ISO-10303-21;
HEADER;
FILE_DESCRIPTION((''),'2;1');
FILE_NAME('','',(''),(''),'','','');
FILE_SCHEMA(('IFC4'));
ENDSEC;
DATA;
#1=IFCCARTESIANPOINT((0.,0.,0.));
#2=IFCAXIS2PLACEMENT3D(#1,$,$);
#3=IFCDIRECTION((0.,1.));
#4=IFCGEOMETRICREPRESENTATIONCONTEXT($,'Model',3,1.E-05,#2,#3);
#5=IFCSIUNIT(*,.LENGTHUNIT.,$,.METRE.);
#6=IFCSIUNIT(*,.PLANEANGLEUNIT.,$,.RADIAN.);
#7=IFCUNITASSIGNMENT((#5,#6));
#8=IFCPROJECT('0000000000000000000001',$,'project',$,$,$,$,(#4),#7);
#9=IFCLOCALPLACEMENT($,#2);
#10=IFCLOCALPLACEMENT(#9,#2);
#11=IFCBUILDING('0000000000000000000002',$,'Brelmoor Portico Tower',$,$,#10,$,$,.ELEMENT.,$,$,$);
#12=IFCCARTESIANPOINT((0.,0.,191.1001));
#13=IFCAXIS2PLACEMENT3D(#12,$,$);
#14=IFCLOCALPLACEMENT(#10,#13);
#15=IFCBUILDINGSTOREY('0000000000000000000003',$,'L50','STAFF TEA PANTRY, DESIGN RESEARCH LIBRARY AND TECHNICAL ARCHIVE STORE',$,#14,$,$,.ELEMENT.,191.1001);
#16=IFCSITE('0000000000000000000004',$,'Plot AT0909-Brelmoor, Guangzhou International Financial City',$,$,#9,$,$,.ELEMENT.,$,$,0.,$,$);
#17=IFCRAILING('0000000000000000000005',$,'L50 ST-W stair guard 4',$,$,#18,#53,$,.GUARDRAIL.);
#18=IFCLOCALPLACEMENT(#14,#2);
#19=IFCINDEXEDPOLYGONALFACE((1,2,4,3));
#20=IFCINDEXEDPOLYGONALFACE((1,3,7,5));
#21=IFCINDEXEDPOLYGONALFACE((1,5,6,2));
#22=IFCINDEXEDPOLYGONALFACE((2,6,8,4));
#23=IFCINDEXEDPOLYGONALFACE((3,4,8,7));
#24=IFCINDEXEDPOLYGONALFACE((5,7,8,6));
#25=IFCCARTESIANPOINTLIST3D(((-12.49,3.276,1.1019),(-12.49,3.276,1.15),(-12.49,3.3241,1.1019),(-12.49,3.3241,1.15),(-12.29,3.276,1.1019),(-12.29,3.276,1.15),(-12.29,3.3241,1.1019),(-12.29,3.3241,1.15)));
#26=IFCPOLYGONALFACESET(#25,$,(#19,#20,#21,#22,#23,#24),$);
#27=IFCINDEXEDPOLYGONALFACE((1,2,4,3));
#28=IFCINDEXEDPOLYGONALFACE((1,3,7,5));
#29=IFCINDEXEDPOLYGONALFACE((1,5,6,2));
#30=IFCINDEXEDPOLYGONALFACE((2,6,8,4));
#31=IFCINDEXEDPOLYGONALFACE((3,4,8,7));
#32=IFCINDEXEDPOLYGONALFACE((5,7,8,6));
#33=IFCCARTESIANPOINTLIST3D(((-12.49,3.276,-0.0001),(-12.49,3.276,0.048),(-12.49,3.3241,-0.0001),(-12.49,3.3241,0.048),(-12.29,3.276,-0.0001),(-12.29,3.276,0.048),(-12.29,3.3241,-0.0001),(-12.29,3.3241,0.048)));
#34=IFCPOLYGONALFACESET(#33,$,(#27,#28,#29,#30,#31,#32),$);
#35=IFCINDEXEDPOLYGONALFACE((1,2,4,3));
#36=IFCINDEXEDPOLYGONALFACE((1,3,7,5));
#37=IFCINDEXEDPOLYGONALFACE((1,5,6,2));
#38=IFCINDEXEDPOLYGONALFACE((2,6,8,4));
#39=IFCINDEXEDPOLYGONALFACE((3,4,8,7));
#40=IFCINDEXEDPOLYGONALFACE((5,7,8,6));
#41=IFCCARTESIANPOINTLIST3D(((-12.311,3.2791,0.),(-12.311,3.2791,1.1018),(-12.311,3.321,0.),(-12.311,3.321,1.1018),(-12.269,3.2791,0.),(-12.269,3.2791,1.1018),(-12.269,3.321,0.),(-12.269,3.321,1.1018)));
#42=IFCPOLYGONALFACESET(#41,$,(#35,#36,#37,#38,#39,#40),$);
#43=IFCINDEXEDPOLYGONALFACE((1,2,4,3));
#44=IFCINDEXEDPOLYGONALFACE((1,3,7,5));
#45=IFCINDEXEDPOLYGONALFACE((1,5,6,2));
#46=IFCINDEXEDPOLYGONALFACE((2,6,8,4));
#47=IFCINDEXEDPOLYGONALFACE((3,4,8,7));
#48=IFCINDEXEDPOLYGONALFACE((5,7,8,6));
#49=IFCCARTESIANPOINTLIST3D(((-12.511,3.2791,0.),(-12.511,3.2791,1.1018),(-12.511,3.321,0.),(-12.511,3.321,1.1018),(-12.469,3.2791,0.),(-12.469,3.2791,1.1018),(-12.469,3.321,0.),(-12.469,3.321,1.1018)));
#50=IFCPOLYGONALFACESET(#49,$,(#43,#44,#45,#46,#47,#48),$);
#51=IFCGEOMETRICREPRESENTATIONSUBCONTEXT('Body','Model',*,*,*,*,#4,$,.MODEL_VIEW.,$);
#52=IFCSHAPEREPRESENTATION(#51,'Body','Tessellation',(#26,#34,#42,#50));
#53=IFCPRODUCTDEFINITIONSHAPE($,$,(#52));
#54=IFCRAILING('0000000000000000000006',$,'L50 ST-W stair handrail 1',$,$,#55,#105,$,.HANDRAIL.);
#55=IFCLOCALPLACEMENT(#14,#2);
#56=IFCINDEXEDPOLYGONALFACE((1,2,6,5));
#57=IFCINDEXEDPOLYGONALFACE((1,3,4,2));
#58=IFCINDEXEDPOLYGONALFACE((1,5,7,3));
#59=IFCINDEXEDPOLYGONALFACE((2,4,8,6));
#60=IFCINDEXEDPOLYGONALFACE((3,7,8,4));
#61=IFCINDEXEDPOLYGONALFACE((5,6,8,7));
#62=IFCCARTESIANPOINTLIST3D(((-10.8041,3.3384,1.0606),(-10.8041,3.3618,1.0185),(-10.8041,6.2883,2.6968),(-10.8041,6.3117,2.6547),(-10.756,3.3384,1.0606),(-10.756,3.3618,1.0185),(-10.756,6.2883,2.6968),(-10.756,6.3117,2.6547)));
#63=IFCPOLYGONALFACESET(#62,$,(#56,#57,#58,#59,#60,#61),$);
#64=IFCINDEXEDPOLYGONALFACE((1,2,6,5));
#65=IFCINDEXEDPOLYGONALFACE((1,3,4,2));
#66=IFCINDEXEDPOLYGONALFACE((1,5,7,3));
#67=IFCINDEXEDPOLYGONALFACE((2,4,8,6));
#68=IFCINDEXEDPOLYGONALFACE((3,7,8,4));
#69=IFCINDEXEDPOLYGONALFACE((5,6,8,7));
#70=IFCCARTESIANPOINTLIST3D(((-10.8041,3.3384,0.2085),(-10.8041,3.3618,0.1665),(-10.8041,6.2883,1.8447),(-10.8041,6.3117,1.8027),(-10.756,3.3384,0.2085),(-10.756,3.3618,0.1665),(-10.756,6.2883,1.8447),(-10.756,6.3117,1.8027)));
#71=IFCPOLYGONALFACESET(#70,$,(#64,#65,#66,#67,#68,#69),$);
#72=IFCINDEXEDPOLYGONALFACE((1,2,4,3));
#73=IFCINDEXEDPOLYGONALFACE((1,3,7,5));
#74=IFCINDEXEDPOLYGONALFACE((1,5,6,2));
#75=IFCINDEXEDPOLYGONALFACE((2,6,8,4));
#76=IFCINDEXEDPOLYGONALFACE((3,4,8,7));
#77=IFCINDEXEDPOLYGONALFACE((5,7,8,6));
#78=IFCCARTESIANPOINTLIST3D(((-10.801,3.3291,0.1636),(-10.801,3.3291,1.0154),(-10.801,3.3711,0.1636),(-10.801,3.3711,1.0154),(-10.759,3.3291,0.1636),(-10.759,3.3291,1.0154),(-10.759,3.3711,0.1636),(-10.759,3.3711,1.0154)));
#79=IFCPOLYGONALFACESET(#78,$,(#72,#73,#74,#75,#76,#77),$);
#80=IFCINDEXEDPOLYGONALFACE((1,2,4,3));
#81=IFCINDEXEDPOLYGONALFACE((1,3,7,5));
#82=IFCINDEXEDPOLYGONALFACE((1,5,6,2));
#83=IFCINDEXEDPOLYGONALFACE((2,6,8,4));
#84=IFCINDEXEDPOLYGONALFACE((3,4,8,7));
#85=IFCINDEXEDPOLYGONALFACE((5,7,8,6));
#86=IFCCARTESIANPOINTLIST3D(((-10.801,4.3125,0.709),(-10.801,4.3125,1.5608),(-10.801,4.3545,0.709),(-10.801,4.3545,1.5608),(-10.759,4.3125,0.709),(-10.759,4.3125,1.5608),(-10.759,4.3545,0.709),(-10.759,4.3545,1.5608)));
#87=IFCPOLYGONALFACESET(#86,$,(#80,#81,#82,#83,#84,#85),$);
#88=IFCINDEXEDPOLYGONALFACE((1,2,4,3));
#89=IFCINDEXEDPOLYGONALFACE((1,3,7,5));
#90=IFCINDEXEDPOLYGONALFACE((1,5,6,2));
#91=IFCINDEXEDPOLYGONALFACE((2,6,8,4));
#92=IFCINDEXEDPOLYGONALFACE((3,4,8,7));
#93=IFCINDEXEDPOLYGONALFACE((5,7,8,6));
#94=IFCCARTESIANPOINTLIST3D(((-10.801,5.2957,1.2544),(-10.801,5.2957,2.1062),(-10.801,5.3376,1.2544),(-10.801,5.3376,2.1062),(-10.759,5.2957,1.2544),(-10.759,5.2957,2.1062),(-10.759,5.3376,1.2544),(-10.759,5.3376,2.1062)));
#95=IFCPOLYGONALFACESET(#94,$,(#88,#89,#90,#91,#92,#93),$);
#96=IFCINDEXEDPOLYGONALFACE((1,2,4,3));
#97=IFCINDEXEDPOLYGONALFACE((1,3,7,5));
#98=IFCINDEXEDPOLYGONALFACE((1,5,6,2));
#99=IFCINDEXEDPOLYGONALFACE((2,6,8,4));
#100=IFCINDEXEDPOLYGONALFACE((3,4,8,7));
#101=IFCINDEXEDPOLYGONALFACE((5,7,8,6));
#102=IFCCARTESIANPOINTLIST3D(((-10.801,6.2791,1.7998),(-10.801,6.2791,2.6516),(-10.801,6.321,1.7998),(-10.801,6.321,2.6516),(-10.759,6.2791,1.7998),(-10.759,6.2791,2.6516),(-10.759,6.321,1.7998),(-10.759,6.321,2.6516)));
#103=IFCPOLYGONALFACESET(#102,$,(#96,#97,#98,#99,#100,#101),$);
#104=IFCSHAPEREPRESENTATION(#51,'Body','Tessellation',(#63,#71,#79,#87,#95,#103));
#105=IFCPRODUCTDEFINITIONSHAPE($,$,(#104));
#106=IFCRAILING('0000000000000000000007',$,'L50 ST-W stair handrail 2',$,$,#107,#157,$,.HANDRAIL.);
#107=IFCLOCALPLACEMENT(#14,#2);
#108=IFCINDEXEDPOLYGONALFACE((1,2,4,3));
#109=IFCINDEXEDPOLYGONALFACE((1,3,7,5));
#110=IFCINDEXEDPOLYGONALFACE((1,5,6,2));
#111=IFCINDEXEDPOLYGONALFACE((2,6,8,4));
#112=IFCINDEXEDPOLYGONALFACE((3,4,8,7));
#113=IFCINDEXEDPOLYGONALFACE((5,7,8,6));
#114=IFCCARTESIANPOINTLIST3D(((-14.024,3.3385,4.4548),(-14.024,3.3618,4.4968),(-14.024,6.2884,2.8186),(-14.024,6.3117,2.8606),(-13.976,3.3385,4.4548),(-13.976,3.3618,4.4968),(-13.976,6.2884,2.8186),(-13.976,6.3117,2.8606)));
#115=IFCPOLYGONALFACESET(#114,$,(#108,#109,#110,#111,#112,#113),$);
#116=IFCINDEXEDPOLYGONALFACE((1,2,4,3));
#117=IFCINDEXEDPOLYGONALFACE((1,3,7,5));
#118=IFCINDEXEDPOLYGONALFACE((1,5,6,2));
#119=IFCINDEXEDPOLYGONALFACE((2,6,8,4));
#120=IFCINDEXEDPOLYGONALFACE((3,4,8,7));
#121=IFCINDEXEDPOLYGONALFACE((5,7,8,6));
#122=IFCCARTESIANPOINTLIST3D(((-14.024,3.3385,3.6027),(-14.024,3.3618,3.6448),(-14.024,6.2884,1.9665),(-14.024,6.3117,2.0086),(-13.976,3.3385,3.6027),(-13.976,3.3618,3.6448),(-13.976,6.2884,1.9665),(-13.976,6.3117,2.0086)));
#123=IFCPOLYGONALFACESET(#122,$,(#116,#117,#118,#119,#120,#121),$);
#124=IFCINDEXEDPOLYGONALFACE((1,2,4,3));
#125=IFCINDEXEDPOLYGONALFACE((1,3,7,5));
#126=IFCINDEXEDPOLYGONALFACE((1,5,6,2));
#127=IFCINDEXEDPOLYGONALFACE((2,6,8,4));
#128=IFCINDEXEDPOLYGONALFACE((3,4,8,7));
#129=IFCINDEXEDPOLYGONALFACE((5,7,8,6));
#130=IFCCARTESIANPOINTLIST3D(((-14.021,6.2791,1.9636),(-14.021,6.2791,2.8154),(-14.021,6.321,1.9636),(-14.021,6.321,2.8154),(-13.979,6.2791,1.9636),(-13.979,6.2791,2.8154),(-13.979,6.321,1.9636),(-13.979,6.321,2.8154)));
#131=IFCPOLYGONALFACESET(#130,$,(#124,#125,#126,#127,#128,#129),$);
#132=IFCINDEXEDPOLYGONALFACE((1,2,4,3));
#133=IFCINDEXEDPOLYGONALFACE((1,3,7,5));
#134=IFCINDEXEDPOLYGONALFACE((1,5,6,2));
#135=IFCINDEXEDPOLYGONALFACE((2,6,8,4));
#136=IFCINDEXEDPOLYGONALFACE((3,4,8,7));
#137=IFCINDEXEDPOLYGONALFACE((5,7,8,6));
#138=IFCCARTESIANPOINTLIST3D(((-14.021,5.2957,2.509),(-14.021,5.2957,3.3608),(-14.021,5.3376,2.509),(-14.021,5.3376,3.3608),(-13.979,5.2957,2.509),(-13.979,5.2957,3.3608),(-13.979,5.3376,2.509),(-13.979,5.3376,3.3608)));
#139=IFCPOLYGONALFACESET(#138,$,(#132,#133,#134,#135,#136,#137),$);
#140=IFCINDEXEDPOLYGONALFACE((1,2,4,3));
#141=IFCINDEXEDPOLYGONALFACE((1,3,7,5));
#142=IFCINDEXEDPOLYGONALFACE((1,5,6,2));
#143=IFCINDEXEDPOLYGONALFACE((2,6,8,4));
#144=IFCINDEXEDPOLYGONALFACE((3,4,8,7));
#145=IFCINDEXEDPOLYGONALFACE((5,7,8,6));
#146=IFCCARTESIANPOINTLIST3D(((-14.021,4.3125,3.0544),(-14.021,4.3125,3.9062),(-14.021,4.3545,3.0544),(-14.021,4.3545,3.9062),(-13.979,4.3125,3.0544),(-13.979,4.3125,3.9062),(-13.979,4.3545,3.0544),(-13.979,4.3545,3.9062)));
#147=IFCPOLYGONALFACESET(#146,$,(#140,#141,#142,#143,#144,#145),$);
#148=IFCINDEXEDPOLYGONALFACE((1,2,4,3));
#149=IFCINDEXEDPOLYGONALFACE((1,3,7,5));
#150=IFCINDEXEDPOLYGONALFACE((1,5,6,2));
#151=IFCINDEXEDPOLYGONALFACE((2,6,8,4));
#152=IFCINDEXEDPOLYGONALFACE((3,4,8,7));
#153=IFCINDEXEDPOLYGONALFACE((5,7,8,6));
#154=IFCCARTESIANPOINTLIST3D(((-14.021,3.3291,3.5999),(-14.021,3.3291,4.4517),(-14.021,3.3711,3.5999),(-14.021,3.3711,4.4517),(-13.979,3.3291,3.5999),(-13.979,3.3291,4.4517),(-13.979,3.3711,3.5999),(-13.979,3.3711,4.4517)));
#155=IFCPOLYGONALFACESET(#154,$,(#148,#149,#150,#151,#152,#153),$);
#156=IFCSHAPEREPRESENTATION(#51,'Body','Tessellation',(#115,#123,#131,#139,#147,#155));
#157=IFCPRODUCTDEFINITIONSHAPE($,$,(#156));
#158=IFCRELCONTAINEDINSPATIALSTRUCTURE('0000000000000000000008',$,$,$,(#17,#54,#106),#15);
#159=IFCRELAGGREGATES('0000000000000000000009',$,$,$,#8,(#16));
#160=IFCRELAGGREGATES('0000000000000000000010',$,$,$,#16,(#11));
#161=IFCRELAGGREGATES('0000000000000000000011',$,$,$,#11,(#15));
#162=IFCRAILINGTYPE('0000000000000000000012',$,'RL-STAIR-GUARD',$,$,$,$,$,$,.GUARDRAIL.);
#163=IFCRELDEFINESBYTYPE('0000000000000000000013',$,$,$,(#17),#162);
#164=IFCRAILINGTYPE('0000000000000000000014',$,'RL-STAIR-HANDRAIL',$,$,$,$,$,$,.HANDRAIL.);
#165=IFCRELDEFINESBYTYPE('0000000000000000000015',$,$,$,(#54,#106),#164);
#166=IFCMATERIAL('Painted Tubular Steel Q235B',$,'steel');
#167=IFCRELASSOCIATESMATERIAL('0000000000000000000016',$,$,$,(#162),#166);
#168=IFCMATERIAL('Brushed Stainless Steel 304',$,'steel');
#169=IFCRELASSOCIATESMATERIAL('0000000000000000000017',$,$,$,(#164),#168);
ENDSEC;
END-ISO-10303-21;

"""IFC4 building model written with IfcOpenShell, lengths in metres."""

from ifc_helpers import new_model, si_unit, direction, frame, origin, origin_2d, place, context, subcontext, project, spatial, rectangle, extrude, material, type_object, element, save


model = new_model("IFC4")

# Units and contexts
model_context = context("Model", 3, precision=1e-05, world=origin(), true_north=direction((0.0, 1.0)))
body_context = subcontext(model_context, "Body", "Model", "MODEL_VIEW")
ifc_project = project(units=[si_unit("LENGTHUNIT", "METRE"), si_unit("PLANEANGLEUNIT", "RADIAN")], contexts=[model_context])

# Site, building, storey
site_placement = place(None, origin())
site = spatial("IfcSite", under=ifc_project, at=site_placement, Name="Plot AT0909-Brelmoor, Guangzhou International Financial City", CompositionType="ELEMENT", RefElevation=0.0)
building_placement = place(site_placement, origin())
building = spatial("IfcBuilding", under=site, at=building_placement, Name="Brelmoor Portico Tower", CompositionType="ELEMENT")
storey_placement = place(building_placement, frame((0.0, 0.0, 191.1001)))
storey = spatial("IfcBuildingStorey", under=building, at=storey_placement, Name="L50", Description="STAFF TEA PANTRY, DESIGN RESEARCH LIBRARY AND TECHNICAL ARCHIVE STORE", CompositionType="ELEMENT", Elevation=191.1001)

# Railings
ifc_material_1 = material(Name="Painted Tubular Steel Q235B", Category="steel")
railing_type_1 = type_object("IfcRailingType", Name="RL-STAIR-GUARD", PredefinedType="GUARDRAIL", material=ifc_material_1)
railing_1_placement = place(storey_placement, frame((-12.29, 3.3, 0.0)))
element("IfcRailing", 1, at=railing_1_placement, inside=storey, type_object=railing_type_1, Name="L50 ST-W stair guard 4", PredefinedType="GUARDRAIL", context=body_context, shape_type="SweptSolid", body=[
    extrude(rectangle(XDim=0.0481, YDim=0.0481, at=origin_2d()), frame((0.0, 0.0, 1.126), z_axis=(-1.0, 0.0, 0.0), x_axis=(0.0, -1.0, 0.0)), (0.0, 0.0, 1.0), 0.2),
    extrude(rectangle(XDim=0.0481, YDim=0.0481, at=origin_2d()), frame((0.0, 0.0, 0.0239), z_axis=(-1.0, 0.0, 0.0), x_axis=(0.0, -1.0, 0.0)), (0.0, 0.0, 1.0), 0.2),
    extrude(rectangle(XDim=0.042, YDim=0.042, at=origin_2d()), origin(), (0.0, 0.0, 1.0), 1.1018),
    extrude(rectangle(XDim=0.042, YDim=0.042, at=origin_2d()), frame((-0.2, 0.0, 0.0)), (0.0, 0.0, 1.0), 1.1018),
])
ifc_material_2 = material(Name="Brushed Stainless Steel 304", Category="steel")
railing_type_2 = type_object("IfcRailingType", Name="RL-STAIR-HANDRAIL", PredefinedType="HANDRAIL", material=ifc_material_2)
railing_2_placement = place(storey_placement, frame((-10.78, 3.3501, 0.1636)))
element("IfcRailing", 2, at=railing_2_placement, inside=storey, type_object=railing_type_2, Name="L50 ST-W stair handrail 1", PredefinedType="HANDRAIL", context=body_context, shape_type="SweptSolid", body=[
    extrude(rectangle(XDim=0.0481, YDim=0.0481, at=origin_2d()), frame((0.0, 0.0, 0.876), z_axis=(0.0, 0.874488, 0.485047), x_axis=(-1.0, 0.0, 0.0)), (0.0, 0.0, 1.0), 3.3733),
    extrude(rectangle(XDim=0.0481, YDim=0.0481, at=origin_2d()), frame((0.0, 0.0, 0.0239), z_axis=(0.0, 0.874488, 0.485047), x_axis=(-1.0, 0.0, 0.0)), (0.0, 0.0, 1.0), 3.3733),
    extrude(rectangle(XDim=0.042, YDim=0.042, at=origin_2d()), origin(), (0.0, 0.0, 1.0), 0.8518),
    extrude(rectangle(XDim=0.042, YDim=0.042, at=origin_2d()), frame((0.0, 0.9834, 0.5454)), (0.0, 0.0, 1.0), 0.8518),
    extrude(rectangle(XDim=0.042, YDim=0.042, at=origin_2d()), frame((0.0, 1.9666, 1.0908)), (0.0, 0.0, 1.0), 0.8518),
    extrude(rectangle(XDim=0.042, YDim=0.042, at=origin_2d()), frame((0.0, 2.95, 1.6362)), (0.0, 0.0, 1.0), 0.8518),
])
railing_3_placement = place(storey_placement, frame((-14.0, 6.3, 1.9636)))
element("IfcRailing", 3, at=railing_3_placement, inside=storey, type_object=railing_type_2, Name="L50 ST-W stair handrail 2", PredefinedType="HANDRAIL", context=body_context, shape_type="SweptSolid", body=[
    extrude(rectangle(XDim=0.0481, YDim=0.0481, at=origin_2d()), frame((0.0, 0.0, 0.876), z_axis=(0.0, -0.874488, 0.485047), x_axis=(1.0, 0.0, 0.0)), (0.0, 0.0, 1.0), 3.3733),
    extrude(rectangle(XDim=0.0481, YDim=0.0481, at=origin_2d()), frame((0.0, 0.0, 0.0239), z_axis=(0.0, -0.874488, 0.485047), x_axis=(1.0, 0.0, 0.0)), (0.0, 0.0, 1.0), 3.3733),
    extrude(rectangle(XDim=0.042, YDim=0.042, at=origin_2d()), origin(), (0.0, 0.0, 1.0), 0.8518),
    extrude(rectangle(XDim=0.042, YDim=0.042, at=origin_2d()), frame((0.0, -0.9834, 0.5454)), (0.0, 0.0, 1.0), 0.8518),
    extrude(rectangle(XDim=0.042, YDim=0.042, at=origin_2d()), frame((0.0, -1.9666, 1.0908)), (0.0, 0.0, 1.0), 0.8518),
    extrude(rectangle(XDim=0.042, YDim=0.042, at=origin_2d()), frame((0.0, -2.95, 1.6362)), (0.0, 0.0, 1.0), 0.8518),
])

save(model, "model.ifc")
